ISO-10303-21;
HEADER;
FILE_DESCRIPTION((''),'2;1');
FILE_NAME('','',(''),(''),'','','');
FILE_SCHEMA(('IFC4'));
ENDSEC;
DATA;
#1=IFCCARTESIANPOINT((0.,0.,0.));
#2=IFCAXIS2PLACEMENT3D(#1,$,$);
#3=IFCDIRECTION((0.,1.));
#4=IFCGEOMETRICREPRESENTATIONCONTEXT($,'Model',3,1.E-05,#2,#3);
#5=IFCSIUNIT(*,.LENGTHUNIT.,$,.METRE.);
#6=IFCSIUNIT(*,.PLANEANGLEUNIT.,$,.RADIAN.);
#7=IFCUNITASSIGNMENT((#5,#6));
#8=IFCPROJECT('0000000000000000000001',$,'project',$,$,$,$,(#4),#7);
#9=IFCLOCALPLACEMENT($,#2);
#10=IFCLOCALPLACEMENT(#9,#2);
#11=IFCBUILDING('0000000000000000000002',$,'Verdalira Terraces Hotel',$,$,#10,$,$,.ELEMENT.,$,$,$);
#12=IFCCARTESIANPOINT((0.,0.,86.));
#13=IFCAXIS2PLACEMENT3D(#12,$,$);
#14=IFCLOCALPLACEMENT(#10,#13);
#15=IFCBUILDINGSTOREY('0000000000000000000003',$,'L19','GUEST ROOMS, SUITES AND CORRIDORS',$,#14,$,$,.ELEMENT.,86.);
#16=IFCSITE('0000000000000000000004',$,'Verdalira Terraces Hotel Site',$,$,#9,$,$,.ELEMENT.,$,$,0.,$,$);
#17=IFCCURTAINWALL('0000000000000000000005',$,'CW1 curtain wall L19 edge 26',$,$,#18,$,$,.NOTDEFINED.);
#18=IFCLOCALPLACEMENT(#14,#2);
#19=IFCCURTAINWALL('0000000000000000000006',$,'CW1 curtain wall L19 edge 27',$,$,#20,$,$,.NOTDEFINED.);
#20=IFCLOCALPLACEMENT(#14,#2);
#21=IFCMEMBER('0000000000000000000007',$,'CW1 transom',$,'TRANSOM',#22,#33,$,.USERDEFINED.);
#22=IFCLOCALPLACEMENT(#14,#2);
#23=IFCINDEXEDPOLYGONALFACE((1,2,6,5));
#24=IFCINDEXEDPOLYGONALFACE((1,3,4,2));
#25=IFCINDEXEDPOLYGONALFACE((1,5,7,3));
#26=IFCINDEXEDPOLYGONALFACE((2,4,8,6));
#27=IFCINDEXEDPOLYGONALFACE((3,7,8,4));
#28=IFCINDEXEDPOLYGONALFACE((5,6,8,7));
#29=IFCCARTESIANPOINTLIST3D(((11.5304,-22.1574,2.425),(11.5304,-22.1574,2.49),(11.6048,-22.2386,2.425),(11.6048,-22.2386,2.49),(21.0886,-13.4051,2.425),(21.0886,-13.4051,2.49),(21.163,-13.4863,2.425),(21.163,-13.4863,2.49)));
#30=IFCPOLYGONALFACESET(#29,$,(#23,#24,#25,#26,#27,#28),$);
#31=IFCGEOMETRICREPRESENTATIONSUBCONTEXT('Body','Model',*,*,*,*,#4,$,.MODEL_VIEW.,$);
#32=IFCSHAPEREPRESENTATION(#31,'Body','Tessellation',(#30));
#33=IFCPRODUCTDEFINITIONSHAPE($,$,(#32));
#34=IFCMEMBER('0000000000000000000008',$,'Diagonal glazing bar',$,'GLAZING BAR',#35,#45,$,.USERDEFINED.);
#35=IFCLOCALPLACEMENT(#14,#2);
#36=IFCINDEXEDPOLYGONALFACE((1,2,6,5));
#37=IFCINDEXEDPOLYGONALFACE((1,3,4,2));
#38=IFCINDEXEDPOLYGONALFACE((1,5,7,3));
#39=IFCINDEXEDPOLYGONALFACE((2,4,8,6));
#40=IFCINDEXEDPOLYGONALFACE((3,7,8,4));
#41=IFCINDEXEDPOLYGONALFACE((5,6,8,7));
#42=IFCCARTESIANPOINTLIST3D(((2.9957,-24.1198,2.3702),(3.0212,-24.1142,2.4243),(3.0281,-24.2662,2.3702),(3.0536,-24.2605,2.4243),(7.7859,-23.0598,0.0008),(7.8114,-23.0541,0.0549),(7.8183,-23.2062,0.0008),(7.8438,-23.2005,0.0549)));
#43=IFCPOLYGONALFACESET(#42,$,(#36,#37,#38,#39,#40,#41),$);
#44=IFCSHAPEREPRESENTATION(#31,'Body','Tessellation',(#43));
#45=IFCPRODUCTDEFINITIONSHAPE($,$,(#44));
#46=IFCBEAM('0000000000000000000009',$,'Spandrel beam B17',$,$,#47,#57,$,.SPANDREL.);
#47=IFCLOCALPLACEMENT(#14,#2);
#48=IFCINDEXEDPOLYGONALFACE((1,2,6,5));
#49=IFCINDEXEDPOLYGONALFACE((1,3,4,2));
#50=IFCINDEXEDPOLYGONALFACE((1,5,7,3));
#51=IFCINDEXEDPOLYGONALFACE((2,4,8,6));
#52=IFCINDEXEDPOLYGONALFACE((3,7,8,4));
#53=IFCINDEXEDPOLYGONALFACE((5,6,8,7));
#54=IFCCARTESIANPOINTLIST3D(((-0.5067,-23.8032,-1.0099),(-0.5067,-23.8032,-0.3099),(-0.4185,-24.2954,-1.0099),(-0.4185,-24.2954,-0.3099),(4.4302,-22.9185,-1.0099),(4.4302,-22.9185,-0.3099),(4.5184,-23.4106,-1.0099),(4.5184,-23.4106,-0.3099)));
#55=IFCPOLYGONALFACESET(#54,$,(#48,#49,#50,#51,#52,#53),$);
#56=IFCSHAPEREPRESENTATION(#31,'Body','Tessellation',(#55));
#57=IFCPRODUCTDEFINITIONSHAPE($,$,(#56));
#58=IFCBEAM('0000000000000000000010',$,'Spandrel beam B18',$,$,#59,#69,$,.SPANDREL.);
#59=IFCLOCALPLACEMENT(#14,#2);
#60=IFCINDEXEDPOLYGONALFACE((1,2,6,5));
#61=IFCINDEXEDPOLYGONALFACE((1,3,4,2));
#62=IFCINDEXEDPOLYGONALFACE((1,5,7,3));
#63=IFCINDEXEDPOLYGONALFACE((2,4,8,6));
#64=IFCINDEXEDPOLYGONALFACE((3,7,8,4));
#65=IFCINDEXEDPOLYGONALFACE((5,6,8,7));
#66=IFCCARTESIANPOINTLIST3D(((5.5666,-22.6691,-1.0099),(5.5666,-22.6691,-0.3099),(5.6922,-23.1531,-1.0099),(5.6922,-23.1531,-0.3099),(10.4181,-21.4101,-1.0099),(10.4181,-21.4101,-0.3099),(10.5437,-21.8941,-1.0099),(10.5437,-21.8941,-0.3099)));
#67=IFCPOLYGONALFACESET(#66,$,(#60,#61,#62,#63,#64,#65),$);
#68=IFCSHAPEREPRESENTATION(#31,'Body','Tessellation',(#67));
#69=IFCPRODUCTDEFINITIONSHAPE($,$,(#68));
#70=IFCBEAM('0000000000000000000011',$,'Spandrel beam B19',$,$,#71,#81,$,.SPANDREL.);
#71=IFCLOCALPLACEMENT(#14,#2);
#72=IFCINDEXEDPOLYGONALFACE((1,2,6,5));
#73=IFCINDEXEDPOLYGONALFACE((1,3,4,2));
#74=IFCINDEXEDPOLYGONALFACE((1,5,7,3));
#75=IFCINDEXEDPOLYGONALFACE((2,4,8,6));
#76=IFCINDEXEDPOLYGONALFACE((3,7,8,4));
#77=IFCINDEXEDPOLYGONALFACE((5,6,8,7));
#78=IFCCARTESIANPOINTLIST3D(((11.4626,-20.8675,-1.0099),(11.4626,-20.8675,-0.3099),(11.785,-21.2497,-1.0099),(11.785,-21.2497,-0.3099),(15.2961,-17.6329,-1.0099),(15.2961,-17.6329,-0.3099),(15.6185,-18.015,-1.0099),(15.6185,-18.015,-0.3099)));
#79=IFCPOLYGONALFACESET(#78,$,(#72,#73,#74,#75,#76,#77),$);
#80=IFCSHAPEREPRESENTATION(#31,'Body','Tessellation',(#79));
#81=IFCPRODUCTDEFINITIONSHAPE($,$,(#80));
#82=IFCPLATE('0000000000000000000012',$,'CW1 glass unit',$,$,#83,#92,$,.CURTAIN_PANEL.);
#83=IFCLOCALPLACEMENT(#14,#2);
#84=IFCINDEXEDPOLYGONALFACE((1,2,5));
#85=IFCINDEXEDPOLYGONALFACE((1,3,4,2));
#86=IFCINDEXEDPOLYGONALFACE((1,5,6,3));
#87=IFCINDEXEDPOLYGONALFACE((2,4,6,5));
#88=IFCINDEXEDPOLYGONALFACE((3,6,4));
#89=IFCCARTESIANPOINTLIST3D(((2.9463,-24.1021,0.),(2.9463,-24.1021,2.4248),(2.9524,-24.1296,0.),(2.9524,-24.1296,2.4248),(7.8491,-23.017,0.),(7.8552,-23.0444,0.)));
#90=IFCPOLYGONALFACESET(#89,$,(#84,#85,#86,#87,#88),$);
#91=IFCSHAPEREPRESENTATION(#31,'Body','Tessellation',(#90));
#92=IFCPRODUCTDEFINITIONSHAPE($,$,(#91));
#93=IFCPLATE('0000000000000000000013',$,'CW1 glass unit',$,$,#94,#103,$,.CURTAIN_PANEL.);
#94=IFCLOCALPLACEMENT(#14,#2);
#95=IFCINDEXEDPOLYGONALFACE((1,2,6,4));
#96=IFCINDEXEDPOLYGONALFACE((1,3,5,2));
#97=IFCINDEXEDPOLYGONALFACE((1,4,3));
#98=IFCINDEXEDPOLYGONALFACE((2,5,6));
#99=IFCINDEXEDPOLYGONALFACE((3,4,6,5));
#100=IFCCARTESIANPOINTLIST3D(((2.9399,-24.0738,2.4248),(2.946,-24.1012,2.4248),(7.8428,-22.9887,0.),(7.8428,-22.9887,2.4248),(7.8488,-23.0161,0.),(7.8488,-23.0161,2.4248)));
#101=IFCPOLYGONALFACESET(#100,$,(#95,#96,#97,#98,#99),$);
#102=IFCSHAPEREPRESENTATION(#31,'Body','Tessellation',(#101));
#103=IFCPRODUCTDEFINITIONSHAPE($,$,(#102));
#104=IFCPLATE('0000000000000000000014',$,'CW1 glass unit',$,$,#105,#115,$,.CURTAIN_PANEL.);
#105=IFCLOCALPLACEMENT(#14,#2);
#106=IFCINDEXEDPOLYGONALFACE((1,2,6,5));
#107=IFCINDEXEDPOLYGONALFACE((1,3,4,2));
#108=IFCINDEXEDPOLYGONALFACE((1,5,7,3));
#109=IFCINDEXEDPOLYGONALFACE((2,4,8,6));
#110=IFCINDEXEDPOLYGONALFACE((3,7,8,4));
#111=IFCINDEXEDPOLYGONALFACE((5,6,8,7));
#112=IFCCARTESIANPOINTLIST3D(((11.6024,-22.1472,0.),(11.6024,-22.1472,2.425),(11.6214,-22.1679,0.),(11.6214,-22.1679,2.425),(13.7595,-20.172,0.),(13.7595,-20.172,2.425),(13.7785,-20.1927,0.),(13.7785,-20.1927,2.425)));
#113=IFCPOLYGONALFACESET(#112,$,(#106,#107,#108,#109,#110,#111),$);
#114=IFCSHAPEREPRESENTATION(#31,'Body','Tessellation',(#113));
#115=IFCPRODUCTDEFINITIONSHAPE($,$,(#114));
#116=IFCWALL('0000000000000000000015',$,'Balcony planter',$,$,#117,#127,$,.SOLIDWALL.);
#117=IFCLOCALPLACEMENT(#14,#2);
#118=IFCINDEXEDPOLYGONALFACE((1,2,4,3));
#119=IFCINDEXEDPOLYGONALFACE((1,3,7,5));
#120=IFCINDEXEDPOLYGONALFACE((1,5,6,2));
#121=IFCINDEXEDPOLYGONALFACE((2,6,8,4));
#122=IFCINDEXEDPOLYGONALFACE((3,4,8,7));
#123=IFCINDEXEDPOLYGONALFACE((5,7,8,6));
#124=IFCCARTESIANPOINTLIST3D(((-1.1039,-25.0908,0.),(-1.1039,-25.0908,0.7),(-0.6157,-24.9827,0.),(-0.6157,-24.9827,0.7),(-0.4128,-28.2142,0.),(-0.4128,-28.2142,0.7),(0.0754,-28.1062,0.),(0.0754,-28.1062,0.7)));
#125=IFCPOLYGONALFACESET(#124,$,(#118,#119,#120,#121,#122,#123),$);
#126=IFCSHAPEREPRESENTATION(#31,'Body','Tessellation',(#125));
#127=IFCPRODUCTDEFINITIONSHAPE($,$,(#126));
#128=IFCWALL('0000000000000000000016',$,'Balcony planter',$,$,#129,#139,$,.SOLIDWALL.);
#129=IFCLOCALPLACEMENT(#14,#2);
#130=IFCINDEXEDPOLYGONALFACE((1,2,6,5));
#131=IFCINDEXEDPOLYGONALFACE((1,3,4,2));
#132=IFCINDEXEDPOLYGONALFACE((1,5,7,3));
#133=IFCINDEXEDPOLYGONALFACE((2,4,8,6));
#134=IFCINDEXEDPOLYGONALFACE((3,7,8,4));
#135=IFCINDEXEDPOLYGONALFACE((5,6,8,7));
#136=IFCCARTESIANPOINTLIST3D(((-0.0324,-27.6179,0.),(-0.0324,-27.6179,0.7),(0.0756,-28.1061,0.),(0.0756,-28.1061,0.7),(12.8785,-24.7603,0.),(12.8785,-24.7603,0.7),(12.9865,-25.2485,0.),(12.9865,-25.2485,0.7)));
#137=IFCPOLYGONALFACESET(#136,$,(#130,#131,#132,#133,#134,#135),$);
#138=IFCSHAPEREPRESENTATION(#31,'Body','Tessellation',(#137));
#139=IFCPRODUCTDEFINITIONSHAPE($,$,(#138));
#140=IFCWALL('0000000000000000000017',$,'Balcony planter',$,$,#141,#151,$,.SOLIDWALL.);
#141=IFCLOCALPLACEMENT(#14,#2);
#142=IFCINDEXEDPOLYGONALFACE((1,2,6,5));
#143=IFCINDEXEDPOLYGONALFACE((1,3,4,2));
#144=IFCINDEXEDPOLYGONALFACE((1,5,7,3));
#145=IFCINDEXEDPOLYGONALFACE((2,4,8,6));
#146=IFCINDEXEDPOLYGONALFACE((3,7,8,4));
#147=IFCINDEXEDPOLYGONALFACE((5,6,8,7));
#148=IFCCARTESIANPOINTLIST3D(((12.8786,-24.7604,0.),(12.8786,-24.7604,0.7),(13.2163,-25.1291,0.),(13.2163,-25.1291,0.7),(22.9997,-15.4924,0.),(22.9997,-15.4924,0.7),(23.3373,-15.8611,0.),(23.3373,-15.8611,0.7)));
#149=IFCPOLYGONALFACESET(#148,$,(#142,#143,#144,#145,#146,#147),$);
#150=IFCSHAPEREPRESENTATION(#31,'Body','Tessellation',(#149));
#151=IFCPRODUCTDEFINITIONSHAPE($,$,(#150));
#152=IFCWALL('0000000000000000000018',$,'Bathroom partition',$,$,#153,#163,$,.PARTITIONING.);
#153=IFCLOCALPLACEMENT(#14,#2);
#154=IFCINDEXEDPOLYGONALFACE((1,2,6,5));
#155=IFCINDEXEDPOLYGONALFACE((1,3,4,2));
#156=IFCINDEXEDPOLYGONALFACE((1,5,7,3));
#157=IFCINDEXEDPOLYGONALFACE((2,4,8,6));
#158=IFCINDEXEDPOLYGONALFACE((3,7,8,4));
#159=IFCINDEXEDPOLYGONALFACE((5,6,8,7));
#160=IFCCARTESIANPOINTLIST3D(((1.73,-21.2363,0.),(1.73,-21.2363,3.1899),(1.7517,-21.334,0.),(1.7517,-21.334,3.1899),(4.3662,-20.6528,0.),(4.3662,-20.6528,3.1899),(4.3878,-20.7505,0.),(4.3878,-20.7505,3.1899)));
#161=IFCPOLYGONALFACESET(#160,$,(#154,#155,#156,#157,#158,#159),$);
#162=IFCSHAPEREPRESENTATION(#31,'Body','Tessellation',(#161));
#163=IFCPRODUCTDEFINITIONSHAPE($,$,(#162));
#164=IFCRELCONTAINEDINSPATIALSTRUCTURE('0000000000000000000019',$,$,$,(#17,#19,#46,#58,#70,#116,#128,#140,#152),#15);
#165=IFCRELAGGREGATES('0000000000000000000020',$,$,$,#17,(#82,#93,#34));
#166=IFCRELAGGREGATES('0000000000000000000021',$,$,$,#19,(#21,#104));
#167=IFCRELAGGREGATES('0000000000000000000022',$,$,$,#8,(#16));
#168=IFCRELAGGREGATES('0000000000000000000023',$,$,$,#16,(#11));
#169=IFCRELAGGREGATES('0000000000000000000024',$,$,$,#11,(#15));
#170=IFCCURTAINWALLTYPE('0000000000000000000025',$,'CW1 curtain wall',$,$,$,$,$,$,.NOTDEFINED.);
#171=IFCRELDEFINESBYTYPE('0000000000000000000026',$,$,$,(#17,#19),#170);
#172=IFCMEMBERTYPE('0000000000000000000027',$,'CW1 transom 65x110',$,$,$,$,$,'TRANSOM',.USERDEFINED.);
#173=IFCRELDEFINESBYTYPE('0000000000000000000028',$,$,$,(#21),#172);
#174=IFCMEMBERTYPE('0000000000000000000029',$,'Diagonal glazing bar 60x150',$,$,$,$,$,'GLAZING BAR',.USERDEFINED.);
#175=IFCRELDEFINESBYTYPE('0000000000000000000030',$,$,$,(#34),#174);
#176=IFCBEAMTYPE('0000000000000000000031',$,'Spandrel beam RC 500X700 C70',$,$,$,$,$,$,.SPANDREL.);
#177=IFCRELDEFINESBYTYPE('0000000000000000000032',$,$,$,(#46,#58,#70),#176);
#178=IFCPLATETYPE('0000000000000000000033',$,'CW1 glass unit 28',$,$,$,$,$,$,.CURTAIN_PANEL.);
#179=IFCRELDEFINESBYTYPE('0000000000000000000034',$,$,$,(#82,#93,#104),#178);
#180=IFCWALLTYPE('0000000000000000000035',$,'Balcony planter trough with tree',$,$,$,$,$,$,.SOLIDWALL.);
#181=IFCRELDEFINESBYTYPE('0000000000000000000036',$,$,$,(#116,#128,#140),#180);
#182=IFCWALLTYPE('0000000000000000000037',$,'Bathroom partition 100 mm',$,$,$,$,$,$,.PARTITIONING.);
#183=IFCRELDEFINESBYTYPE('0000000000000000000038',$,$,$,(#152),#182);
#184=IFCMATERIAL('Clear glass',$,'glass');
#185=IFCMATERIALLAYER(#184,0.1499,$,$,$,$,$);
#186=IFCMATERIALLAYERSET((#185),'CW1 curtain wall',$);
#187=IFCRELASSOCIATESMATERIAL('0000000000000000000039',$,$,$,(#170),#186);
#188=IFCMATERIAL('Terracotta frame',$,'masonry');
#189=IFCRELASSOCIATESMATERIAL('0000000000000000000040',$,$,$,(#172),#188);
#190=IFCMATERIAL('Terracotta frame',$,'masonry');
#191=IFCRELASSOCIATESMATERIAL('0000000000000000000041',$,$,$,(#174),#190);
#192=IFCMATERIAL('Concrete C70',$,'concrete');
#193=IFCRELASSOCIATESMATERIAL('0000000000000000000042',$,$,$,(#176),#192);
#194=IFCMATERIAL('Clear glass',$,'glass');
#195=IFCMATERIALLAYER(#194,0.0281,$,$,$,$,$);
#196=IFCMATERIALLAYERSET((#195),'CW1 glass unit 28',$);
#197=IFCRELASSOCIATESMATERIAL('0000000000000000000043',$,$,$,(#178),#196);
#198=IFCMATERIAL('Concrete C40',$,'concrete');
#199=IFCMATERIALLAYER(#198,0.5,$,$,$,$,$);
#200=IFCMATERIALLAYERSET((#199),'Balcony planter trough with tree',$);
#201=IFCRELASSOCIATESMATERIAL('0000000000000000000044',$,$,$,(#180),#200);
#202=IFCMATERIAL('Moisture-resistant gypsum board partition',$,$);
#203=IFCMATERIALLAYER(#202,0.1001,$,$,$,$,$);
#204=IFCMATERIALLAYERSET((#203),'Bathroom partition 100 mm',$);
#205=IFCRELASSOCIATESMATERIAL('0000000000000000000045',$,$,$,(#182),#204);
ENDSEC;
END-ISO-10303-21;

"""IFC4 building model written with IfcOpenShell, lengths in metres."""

from ifc_helpers import new_model, si_unit, direction, frame, frame_2d, origin, origin_2d, place, context, subcontext, project, spatial, polyline, rectangle, outline, extrude, material, layer, layer_set, material_profile, profile_set, type_object, element, aggregate, save


model = new_model("IFC4")

# Units and contexts
model_context = context("Model", 3, precision=1e-05, world=origin(), true_north=direction((0.0, 1.0)))
body_context = subcontext(model_context, "Body", "Model", "MODEL_VIEW")
ifc_project = project(units=[si_unit("LENGTHUNIT", "METRE"), si_unit("PLANEANGLEUNIT", "RADIAN")], contexts=[model_context])

# Site, building, storey
site_placement = place(None, origin())
site = spatial("IfcSite", under=ifc_project, at=site_placement, Name="Verdalira Terraces Hotel Site", CompositionType="ELEMENT", RefElevation=0.0)
building_placement = place(site_placement, origin())
building = spatial("IfcBuilding", under=site, at=building_placement, Name="Verdalira Terraces Hotel", CompositionType="ELEMENT")
storey_placement = place(building_placement, frame((0.0, 0.0, 86.0)))
storey = spatial("IfcBuildingStorey", under=building, at=storey_placement, Name="L19", Description="GUEST ROOMS, SUITES AND CORRIDORS", CompositionType="ELEMENT", Elevation=86.0)

# Shared definitions
ifc_material_1 = material(Name="Clear glass", Category="glass")
ifc_layer_1 = layer(ifc_material_1, 0.1499)
ifc_layer_set_1 = layer_set([ifc_layer_1], Name="CW1 curtain wall")
curtain_wall_type = type_object("IfcCurtainWallType", Name="CW1 curtain wall", PredefinedType="NOTDEFINED", material=ifc_layer_set_1)

# Curtain wall
curtain_wall_1_placement = place(storey_placement, origin())
curtain_wall_1 = element("IfcCurtainWall", 1, at=curtain_wall_1_placement, inside=storey, type_object=curtain_wall_type, Name="CW1 curtain wall L19 edge 26", PredefinedType="NOTDEFINED")

# Curtain wall
curtain_wall_2_placement = place(storey_placement, origin())
curtain_wall_2 = element("IfcCurtainWall", 2, at=curtain_wall_2_placement, inside=storey, type_object=curtain_wall_type, Name="CW1 curtain wall L19 edge 27", PredefinedType="NOTDEFINED")

# Members
ifc_material_2 = material(Name="Terracotta frame", Category="masonry")
ifc_material_profile_1 = material_profile(ifc_material_2, rectangle(XDim=0.1101, YDim=0.0649, at=origin_2d()), Name="TR 65x110")
ifc_profile_set_1 = profile_set([ifc_material_profile_1], Name="Terracotta frame")
member_type_1 = type_object("IfcMemberType", Name="CW1 transom 65x110", ElementType="TRANSOM", PredefinedType="USERDEFINED", material=ifc_profile_set_1)
member_1_placement = place(storey_placement, frame((11.5676, -22.198, 2.4575), z_axis=(0.737515, 0.67533, 0.0), x_axis=(-0.67533, 0.737515, 0.0)))
member_1 = element("IfcMember", 3, at=member_1_placement, type_object=member_type_1, Name="CW1 transom", ObjectType="TRANSOM", PredefinedType="USERDEFINED", context=body_context, shape_type="SweptSolid", body=[
    extrude(rectangle(XDim=0.1101, YDim=0.0649, at=origin_2d()), origin(), (0.0, 0.0, 1.0), 12.96),
])
ifc_material_3 = material(Name="Terracotta frame", Category="masonry")
ifc_material_profile_2 = material_profile(ifc_material_3, rectangle(XDim=0.1499, YDim=0.0601, at=origin_2d()), Name="GB 60x150")
ifc_profile_set_2 = profile_set([ifc_material_profile_2], Name="Terracotta frame")
member_type_2 = type_object("IfcMemberType", Name="Diagonal glazing bar 60x150", ElementType="GLAZING BAR", PredefinedType="USERDEFINED", material=ifc_profile_set_2)
member_2_placement = place(storey_placement, frame((3.0247, -24.1902, 2.3972), z_axis=(0.879217, 0.194565, -0.434881), x_axis=(-0.216066, 0.976379, 0.0)))
member_2 = element("IfcMember", 4, at=member_2_placement, type_object=member_type_2, Name="Diagonal glazing bar", ObjectType="GLAZING BAR", PredefinedType="USERDEFINED", context=body_context, shape_type="SweptSolid", body=[
    extrude(rectangle(XDim=0.1499, YDim=0.0601, at=origin_2d()), origin(), (0.0, 0.0, 1.0), 5.4482),
])

# Beams
ifc_material_4 = material(Name="Concrete C70", Category="concrete")
ifc_material_profile_3 = material_profile(ifc_material_4, rectangle(XDim=0.5, YDim=0.7, at=origin_2d()), Name="RC 500X700")
ifc_profile_set_3 = profile_set([ifc_material_profile_3], Name="Concrete C70")
beam_type_1 = type_object("IfcBeamType", Name="Spandrel beam RC 500X700 C70", PredefinedType="SPANDREL", material=ifc_profile_set_3)
beam_1_placement = place(storey_placement, frame((-0.4626, -24.0493, -0.6599), z_axis=(0.984318, 0.1764, 0.0), x_axis=(-0.1764, 0.984318, 0.0)))
element("IfcBeam", 5, at=beam_1_placement, inside=storey, type_object=beam_type_1, Name="Spandrel beam B17", PredefinedType="SPANDREL", context=body_context, shape_type="SweptSolid", body=[
    extrude(rectangle(XDim=0.5, YDim=0.7, at=origin_2d()), origin(), (0.0, 0.0, 1.0), 5.0156),
])
beam_2_placement = place(storey_placement, frame((5.6294, -22.9111, -0.6599), z_axis=(0.967938, 0.25119, 0.0), x_axis=(-0.25119, 0.967938, 0.0)))
element("IfcBeam", 6, at=beam_2_placement, inside=storey, type_object=beam_type_1, Name="Spandrel beam B18", PredefinedType="SPANDREL", context=body_context, shape_type="SweptSolid", body=[
    extrude(rectangle(XDim=0.5, YDim=0.7, at=origin_2d()), origin(), (0.0, 0.0, 1.0), 5.0122),
])
beam_3_placement = place(storey_placement, frame((11.6238, -21.0586, -0.6599), z_axis=(0.764281, 0.644883, 0.0), x_axis=(-0.644883, 0.764281, 0.0)))
element("IfcBeam", 7, at=beam_3_placement, inside=storey, type_object=beam_type_1, Name="Spandrel beam B19", PredefinedType="SPANDREL", context=body_context, shape_type="SweptSolid", body=[
    extrude(rectangle(XDim=0.5, YDim=0.7, at=origin_2d()), origin(), (0.0, 0.0, 1.0), 5.0159),
])

# Plates
ifc_material_5 = material(Name="Clear glass", Category="glass")
ifc_layer_2 = layer(ifc_material_5, 0.0281)
ifc_layer_set_2 = layer_set([ifc_layer_2], Name="CW1 glass unit 28")
plate_type = type_object("IfcPlateType", Name="CW1 glass unit 28", PredefinedType="CURTAIN_PANEL", material=ifc_layer_set_2)
plate_1_placement = place(storey_placement, frame((5.3977, -23.5596, 1.2124), z_axis=(0.216099, -0.976371, 0.0), x_axis=(0.976371, 0.216099, 0.0)))
plate_1 = element("IfcPlate", 8, at=plate_1_placement, type_object=plate_type, Name="CW1 glass unit", PredefinedType="CURTAIN_PANEL", context=body_context, shape_type="SweptSolid", body=[
    extrude(outline(polyline([(-2.5107, -1.2124), (2.5107, -1.2124), (-2.5107, 1.2124), (-2.5107, -1.2124)])), origin(), (0.0, 0.0, 1.0), 0.0281),
])
plate_2_placement = place(storey_placement, frame((5.3914, -23.5312, 1.2124), z_axis=(0.216099, -0.976371, 0.0), x_axis=(0.976371, 0.216099, 0.0)))
plate_2 = element("IfcPlate", 9, at=plate_2_placement, type_object=plate_type, Name="CW1 glass unit", PredefinedType="CURTAIN_PANEL", context=body_context, shape_type="SweptSolid", body=[
    extrude(outline(polyline([(2.5107, -1.2124), (2.5107, 1.2124), (-2.5107, 1.2124), (2.5107, -1.2124)])), origin(), (0.0, 0.0, 1.0), 0.0281),
])
aggregate(curtain_wall_1, [plate_1, plate_2, member_2])
plate_3_placement = place(storey_placement, frame((12.6904, -21.1699, 0.0), z_axis=(0.0, 0.0, 1.0), x_axis=(0.737513, 0.675333, 0.0)))
plate_3 = element("IfcPlate", 10, at=plate_3_placement, type_object=plate_type, Name="CW1 glass unit", PredefinedType="CURTAIN_PANEL", context=body_context, shape_type="SweptSolid", body=[
    extrude(rectangle(XDim=2.9248, YDim=0.0281, at=origin_2d()), origin(), (0.0, 0.0, 1.0), 2.425),
])
aggregate(curtain_wall_2, [member_1, plate_3])

# Walls
ifc_material_6 = material(Name="Concrete C40", Category="concrete")
ifc_layer_3 = layer(ifc_material_6, 0.5)
ifc_layer_set_3 = layer_set([ifc_layer_3], Name="Balcony planter trough with tree")
wall_type_1 = type_object("IfcWallType", Name="Balcony planter trough with tree", PredefinedType="SOLIDWALL", material=ifc_layer_set_3)
wall_1_placement = place(storey_placement, frame((-0.8599, -25.0366, 0.0), z_axis=(0.0, 0.0, 1.0), x_axis=(0.21605, -0.976382, 0.0)))
element("IfcWall", 11, at=wall_1_placement, inside=storey, type_object=wall_type_1, Name="Balcony planter", PredefinedType="SOLIDWALL", context=body_context, shape_type="SweptSolid", body=[
    extrude(rectangle(XDim=3.199, YDim=0.5, at=frame_2d((1.5996, 0.0))), origin(), (0.0, 0.0, 1.0), 0.7),
])
wall_2_placement = place(storey_placement, frame((0.0215, -27.8621, 0.0), z_axis=(0.0, 0.0, 1.0), x_axis=(0.97637, 0.216107, 0.0)))
element("IfcWall", 12, at=wall_2_placement, inside=storey, type_object=wall_type_1, Name="Balcony planter", PredefinedType="SOLIDWALL", context=body_context, shape_type="SweptSolid", body=[
    extrude(rectangle(XDim=13.2234, YDim=0.5, at=frame_2d((6.6118, 0.0))), origin(), (0.0, 0.0, 1.0), 0.7),
])
wall_3_placement = place(storey_placement, frame((13.0474, -24.9448, 0.0), z_axis=(0.0, 0.0, 1.0), x_axis=(0.737503, 0.675344, 0.0)))
element("IfcWall", 13, at=wall_3_placement, inside=storey, type_object=wall_type_1, Name="Balcony planter", PredefinedType="SOLIDWALL", context=body_context, shape_type="SweptSolid", body=[
    extrude(rectangle(XDim=13.7234, YDim=0.5, at=frame_2d((6.8618, 0.0))), origin(), (0.0, 0.0, 1.0), 0.7),
])
ifc_material_7 = material(Name="Moisture-resistant gypsum board partition")
ifc_layer_4 = layer(ifc_material_7, 0.1001)
ifc_layer_set_4 = layer_set([ifc_layer_4], Name="Bathroom partition 100 mm")
wall_type_2 = type_object("IfcWallType", Name="Bathroom partition 100 mm", PredefinedType="PARTITIONING", material=ifc_layer_set_4)
wall_4_placement = place(storey_placement, frame((1.7407, -21.2852, 0.0), z_axis=(0.0, 0.0, 1.0), x_axis=(0.97637, 0.216107, 0.0)))
element("IfcWall", 14, at=wall_4_placement, inside=storey, type_object=wall_type_2, Name="Bathroom partition", PredefinedType="PARTITIONING", context=body_context, shape_type="SweptSolid", body=[
    extrude(rectangle(XDim=2.7, YDim=0.1001, at=frame_2d((1.3501, 0.0))), origin(), (0.0, 0.0, 1.0), 3.1899),
])

save(model, "model.ifc")
